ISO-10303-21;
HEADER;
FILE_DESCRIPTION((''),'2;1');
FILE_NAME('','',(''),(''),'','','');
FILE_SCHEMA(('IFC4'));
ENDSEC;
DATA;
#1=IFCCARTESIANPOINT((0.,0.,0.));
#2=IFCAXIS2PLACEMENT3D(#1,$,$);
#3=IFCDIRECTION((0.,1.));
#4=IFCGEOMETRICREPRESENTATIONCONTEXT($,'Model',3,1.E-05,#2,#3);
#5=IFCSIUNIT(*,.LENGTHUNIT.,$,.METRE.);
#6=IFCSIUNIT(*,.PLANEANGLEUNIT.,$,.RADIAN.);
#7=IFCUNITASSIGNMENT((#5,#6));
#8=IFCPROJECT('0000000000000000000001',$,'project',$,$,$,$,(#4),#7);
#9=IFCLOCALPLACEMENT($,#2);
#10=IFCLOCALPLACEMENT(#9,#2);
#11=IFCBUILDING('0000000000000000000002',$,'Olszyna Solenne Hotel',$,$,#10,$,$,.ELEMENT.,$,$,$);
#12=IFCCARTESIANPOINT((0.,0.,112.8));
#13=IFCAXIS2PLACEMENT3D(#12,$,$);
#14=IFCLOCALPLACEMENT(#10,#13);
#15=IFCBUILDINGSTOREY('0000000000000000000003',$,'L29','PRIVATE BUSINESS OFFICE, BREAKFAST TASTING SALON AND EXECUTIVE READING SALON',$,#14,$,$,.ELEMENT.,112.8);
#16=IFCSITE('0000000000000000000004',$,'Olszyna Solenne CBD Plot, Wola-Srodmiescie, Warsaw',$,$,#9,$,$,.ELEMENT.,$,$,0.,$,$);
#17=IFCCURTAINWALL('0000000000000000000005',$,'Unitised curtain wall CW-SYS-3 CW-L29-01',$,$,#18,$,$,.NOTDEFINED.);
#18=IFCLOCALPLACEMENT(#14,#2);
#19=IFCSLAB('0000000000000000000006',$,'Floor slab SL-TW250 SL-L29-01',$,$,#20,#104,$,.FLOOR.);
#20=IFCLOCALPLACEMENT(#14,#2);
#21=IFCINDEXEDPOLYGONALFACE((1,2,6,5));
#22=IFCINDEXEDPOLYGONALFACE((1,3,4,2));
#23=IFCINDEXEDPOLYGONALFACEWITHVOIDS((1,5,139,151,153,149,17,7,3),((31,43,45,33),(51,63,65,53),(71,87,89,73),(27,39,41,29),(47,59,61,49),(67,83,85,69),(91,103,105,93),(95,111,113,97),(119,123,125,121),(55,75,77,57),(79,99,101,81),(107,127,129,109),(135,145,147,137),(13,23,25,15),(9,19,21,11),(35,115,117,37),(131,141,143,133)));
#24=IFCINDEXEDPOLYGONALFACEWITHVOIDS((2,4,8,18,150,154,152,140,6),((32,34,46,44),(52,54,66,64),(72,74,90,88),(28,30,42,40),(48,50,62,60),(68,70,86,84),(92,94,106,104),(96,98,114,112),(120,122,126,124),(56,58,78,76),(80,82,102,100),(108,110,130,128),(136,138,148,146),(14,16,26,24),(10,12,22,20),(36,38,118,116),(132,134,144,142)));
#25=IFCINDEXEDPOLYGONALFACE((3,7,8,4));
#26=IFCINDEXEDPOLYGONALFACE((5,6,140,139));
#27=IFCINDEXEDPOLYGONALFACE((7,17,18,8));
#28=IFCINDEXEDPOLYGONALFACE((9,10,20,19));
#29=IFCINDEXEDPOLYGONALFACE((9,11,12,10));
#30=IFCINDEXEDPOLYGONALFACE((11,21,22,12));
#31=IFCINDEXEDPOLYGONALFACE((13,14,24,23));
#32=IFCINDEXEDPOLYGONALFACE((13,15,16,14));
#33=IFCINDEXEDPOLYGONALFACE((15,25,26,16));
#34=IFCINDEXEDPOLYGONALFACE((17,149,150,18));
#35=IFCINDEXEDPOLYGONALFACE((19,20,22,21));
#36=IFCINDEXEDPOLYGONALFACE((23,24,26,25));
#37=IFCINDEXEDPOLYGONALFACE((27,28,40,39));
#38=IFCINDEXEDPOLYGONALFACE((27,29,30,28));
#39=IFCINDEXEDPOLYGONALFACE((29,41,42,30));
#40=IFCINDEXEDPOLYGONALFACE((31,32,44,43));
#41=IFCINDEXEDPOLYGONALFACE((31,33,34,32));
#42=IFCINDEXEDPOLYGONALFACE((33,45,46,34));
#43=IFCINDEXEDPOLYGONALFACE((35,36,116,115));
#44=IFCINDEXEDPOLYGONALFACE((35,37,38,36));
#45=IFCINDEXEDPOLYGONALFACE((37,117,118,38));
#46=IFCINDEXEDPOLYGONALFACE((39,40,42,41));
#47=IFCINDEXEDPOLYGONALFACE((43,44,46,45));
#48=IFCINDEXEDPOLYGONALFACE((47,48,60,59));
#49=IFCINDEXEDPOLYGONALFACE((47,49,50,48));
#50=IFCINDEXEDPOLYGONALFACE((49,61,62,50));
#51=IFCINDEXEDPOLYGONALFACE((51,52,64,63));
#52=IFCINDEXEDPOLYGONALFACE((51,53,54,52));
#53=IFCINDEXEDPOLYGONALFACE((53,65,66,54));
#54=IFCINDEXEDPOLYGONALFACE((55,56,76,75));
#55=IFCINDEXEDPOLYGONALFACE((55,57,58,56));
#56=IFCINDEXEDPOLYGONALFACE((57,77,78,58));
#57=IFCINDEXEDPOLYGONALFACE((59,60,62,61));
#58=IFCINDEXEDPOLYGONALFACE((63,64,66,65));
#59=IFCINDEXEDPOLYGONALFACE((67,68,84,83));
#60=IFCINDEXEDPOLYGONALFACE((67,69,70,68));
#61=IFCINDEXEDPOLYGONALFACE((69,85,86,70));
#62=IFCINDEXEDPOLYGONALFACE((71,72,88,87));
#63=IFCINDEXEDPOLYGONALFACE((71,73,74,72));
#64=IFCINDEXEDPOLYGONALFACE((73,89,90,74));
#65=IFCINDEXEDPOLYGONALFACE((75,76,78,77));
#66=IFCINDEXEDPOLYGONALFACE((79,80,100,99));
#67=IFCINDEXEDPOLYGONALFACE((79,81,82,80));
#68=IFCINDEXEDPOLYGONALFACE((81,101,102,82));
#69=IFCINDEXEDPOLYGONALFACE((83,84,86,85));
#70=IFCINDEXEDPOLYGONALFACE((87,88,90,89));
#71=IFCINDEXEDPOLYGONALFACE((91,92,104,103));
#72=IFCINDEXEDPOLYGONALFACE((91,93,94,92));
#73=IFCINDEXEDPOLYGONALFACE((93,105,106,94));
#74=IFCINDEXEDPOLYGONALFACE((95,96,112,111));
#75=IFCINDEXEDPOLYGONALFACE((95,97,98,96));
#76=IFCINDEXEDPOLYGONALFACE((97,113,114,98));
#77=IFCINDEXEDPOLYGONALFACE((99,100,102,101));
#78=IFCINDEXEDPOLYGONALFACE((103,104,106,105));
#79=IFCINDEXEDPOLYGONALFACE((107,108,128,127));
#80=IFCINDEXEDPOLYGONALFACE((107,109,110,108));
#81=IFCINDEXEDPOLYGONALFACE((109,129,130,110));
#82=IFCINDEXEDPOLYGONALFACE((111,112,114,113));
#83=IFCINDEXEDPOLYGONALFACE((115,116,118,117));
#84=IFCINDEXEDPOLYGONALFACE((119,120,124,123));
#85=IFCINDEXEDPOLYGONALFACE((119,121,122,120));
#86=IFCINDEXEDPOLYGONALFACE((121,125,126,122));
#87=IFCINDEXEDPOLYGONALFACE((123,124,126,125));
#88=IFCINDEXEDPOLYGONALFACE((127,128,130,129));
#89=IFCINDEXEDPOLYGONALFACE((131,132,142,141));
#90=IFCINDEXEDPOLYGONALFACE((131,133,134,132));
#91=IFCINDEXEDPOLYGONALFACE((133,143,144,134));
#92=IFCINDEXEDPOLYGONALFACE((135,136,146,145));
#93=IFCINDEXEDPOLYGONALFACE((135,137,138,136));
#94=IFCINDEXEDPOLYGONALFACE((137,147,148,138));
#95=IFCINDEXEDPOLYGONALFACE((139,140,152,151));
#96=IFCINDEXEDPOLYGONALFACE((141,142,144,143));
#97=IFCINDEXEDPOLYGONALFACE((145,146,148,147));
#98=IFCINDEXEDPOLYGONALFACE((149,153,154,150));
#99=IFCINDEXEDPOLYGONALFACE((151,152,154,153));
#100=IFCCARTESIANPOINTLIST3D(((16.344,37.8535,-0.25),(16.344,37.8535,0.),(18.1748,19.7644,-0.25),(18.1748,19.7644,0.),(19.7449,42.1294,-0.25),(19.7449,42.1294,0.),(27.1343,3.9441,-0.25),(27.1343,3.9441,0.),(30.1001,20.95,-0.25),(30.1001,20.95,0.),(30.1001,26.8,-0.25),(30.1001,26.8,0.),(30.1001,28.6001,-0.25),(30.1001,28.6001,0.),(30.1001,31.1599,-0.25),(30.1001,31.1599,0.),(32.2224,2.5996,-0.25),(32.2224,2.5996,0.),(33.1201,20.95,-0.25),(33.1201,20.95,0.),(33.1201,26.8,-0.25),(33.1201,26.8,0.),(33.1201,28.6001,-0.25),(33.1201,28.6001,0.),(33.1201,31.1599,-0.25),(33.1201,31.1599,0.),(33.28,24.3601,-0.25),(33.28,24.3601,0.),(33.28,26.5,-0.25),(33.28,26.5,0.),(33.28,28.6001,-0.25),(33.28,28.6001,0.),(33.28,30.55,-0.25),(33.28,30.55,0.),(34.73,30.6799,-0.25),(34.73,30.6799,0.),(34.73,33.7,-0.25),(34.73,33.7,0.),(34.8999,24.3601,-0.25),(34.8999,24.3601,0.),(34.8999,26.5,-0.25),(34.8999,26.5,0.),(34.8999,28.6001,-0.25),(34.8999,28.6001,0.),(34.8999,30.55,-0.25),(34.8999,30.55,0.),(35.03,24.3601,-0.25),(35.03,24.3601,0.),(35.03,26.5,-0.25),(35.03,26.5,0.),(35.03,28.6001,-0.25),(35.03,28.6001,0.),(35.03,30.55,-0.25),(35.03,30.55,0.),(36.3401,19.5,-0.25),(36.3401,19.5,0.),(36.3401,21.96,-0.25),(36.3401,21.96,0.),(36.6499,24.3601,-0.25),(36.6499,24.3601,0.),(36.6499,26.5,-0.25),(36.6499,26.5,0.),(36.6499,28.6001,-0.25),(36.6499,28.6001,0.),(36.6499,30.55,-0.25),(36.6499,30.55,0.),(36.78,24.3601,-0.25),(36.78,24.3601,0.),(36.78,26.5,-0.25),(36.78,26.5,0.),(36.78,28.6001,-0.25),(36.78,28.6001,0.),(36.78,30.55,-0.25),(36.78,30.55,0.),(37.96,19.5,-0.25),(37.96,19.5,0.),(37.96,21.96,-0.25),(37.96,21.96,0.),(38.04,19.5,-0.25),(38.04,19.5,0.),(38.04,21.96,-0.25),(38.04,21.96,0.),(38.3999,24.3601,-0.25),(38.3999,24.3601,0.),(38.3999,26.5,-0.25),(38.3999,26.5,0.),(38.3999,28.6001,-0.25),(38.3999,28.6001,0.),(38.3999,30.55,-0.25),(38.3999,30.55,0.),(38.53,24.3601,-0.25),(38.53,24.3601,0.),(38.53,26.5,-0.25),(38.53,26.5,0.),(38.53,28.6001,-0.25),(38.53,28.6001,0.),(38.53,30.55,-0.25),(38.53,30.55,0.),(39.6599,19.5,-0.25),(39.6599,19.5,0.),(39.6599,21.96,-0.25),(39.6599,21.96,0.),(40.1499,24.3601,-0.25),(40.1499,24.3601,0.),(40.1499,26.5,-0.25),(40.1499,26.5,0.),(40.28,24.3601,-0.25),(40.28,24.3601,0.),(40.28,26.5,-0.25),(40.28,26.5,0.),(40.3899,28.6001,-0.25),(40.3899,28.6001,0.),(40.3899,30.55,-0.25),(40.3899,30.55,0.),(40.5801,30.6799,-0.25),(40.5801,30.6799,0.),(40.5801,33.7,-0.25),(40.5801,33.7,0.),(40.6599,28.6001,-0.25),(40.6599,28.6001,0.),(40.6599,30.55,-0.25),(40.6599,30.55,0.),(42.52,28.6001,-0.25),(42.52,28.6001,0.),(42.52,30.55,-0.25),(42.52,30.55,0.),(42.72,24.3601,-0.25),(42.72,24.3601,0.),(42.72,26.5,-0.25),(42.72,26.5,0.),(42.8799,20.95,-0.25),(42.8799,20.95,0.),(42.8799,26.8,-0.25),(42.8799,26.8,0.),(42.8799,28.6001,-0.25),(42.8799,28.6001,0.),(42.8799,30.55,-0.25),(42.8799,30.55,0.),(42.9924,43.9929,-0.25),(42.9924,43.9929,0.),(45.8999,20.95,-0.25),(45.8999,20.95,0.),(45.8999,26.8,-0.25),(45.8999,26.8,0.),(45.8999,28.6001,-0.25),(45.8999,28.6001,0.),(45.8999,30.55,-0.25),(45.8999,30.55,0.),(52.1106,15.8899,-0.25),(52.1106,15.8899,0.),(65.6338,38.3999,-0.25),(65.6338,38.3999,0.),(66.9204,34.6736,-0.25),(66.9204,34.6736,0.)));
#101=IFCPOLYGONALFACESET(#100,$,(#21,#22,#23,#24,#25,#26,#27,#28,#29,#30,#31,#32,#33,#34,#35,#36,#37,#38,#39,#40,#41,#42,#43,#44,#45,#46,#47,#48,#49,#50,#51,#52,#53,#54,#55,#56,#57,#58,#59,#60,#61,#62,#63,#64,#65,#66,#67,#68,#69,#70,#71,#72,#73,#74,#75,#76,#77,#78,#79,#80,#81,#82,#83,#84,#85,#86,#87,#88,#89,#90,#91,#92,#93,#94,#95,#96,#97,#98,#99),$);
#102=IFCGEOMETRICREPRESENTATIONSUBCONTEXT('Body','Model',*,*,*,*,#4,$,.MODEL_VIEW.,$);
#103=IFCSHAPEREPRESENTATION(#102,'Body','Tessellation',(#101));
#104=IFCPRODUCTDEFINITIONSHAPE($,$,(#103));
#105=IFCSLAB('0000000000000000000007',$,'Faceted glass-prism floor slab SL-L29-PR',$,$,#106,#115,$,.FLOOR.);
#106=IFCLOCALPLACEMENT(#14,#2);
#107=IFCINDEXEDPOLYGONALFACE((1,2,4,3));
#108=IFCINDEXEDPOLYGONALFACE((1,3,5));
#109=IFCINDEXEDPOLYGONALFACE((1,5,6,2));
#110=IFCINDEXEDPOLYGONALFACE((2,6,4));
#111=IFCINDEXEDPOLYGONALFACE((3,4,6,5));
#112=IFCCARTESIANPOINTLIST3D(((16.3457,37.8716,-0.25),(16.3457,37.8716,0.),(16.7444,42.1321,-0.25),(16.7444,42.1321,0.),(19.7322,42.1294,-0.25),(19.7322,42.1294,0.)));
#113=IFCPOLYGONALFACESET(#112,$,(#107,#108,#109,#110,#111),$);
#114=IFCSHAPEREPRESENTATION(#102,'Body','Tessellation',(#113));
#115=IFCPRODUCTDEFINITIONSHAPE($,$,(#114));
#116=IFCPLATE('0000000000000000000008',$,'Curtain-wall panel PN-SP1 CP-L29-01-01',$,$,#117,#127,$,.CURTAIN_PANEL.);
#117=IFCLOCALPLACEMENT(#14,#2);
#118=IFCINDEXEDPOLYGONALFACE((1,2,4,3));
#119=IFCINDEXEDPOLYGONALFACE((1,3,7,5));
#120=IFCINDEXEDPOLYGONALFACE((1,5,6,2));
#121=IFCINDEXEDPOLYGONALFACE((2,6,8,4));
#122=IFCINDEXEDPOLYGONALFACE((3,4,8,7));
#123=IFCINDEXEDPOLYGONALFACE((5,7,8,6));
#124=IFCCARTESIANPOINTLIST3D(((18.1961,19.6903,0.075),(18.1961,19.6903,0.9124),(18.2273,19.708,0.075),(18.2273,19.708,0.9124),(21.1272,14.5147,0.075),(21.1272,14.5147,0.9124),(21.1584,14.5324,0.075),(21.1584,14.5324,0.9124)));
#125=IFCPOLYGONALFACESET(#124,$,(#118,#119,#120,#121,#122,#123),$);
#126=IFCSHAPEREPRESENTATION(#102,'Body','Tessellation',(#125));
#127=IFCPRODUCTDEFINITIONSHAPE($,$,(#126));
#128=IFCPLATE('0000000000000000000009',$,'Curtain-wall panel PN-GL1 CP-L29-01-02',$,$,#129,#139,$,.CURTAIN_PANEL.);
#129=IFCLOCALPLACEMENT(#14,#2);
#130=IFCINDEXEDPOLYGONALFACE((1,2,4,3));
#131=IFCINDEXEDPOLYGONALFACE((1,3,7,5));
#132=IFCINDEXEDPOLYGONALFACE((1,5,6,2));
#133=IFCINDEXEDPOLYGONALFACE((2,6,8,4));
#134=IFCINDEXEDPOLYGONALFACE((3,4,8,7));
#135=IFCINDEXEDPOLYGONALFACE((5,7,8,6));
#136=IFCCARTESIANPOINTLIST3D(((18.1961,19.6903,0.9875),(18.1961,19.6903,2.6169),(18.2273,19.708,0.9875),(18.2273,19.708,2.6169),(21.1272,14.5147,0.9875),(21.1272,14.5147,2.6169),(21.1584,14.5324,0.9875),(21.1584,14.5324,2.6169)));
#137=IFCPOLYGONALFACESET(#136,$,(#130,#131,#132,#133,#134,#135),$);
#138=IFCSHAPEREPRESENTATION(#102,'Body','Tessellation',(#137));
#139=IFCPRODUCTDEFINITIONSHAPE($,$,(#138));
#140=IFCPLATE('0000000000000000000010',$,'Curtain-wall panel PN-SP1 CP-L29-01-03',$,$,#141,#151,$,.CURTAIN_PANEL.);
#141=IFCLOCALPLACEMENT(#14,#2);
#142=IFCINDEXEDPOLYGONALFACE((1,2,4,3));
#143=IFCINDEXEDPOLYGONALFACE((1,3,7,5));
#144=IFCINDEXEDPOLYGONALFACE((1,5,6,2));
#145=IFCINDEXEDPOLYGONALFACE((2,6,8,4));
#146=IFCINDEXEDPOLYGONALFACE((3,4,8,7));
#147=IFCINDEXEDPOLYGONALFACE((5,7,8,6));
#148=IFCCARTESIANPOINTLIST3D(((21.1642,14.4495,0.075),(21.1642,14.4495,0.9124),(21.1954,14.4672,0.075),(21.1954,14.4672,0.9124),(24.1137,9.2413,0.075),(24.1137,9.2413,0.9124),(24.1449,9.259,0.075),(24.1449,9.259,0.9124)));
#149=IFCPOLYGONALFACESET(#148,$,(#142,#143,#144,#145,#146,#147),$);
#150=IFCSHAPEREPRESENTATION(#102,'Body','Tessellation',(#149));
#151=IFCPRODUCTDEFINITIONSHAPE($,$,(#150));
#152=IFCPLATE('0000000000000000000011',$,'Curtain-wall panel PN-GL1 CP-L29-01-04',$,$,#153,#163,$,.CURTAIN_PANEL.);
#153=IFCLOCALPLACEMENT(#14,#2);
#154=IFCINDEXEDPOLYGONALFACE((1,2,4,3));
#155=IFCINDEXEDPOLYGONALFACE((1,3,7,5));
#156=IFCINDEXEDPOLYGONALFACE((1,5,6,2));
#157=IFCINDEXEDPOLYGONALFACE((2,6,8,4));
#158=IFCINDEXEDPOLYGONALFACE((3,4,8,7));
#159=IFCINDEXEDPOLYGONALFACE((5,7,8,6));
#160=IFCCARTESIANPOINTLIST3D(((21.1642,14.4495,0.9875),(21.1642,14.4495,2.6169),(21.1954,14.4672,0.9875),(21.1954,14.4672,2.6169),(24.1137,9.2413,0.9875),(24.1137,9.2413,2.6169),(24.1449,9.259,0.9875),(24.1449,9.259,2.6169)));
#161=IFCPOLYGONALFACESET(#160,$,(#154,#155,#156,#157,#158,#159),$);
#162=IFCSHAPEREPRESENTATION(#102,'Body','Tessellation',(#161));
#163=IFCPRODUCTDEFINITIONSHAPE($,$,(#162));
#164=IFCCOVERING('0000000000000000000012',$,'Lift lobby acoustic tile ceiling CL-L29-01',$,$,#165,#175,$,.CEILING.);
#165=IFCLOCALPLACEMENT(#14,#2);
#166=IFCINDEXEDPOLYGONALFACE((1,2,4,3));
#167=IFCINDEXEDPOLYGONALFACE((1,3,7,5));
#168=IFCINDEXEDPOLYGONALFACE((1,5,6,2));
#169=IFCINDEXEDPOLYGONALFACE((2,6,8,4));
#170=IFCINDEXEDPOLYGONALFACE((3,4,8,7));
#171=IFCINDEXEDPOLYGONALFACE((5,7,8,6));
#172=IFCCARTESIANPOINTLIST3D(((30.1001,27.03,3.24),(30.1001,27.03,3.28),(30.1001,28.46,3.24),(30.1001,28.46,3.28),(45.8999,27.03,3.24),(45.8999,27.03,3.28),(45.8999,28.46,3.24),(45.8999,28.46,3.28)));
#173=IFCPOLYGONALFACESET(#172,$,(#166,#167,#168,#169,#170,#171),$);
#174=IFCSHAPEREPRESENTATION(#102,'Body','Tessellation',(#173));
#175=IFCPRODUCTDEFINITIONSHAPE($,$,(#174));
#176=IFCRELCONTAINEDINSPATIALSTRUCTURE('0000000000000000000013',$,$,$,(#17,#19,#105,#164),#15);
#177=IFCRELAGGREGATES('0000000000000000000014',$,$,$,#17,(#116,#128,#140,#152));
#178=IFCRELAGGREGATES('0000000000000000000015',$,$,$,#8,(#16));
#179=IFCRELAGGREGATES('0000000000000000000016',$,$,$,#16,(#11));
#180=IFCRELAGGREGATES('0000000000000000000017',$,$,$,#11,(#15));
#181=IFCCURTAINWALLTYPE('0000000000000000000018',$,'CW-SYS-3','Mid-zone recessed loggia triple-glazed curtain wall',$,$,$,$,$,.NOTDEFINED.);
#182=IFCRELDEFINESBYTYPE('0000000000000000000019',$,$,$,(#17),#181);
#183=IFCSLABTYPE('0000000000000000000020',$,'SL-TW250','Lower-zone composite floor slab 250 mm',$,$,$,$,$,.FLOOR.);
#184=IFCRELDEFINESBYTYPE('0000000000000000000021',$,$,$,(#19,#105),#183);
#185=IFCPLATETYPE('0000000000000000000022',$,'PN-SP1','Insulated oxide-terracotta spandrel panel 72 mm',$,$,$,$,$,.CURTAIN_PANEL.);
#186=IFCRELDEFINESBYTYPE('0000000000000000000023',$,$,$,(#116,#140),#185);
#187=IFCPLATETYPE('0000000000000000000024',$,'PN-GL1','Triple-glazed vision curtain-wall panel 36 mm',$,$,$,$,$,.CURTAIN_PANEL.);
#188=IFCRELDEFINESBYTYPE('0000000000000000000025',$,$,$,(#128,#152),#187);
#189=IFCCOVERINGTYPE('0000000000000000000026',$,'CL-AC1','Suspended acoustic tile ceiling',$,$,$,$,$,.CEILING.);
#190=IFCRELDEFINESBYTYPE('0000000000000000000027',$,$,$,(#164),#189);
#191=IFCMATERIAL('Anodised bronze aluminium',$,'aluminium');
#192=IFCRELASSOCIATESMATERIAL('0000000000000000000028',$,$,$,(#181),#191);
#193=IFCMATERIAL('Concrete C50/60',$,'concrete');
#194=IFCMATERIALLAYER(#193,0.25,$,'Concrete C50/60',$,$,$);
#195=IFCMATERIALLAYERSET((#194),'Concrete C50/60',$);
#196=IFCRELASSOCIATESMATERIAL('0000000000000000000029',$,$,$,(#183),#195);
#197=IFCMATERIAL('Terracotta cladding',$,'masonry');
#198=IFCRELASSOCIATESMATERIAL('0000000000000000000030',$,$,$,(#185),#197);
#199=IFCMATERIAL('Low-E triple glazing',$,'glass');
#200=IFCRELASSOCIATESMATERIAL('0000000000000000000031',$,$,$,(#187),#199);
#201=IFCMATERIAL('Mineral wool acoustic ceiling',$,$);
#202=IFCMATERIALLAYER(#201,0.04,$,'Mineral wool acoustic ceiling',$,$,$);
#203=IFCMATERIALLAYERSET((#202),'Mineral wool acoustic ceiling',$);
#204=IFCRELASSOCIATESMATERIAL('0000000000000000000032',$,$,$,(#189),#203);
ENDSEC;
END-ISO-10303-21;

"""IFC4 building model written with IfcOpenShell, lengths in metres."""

from ifc_helpers import new_model, si_unit, direction, frame, origin, origin_2d, place, context, subcontext, project, spatial, polyline, rectangle, outline, extrude, source, transform, mapped, material, layer, layer_set, type_object, element, aggregate, save


model = new_model("IFC4")

# Units and contexts
model_context = context("Model", 3, precision=1e-05, world=origin(), true_north=direction((0.0, 1.0)))
body_context = subcontext(model_context, "Body", "Model", "MODEL_VIEW")
ifc_project = project(units=[si_unit("LENGTHUNIT", "METRE"), si_unit("PLANEANGLEUNIT", "RADIAN")], contexts=[model_context])

# Site, building, storey
site_placement = place(None, origin())
site = spatial("IfcSite", under=ifc_project, at=site_placement, Name="Olszyna Solenne CBD Plot, Wola-Srodmiescie, Warsaw", CompositionType="ELEMENT", RefElevation=0.0)
building_placement = place(site_placement, origin())
building = spatial("IfcBuilding", under=site, at=building_placement, Name="Olszyna Solenne Hotel", CompositionType="ELEMENT")
storey_placement = place(building_placement, frame((0.0, 0.0, 112.8)))
storey = spatial("IfcBuildingStorey", under=building, at=storey_placement, Name="L29", Description="PRIVATE BUSINESS OFFICE, BREAKFAST TASTING SALON AND EXECUTIVE READING SALON", CompositionType="ELEMENT", Elevation=112.8)

# Curtain wall
ifc_material_1 = material(Name="Anodised bronze aluminium", Category="aluminium")
curtain_wall_type = type_object("IfcCurtainWallType", Name="CW-SYS-3", Description="Mid-zone recessed loggia triple-glazed curtain wall", PredefinedType="NOTDEFINED", material=ifc_material_1)
curtain_wall_placement = place(storey_placement, origin())
curtain_wall = element("IfcCurtainWall", 1, at=curtain_wall_placement, inside=storey, type_object=curtain_wall_type, Name="Unitised curtain wall CW-SYS-3 CW-L29-01", PredefinedType="NOTDEFINED")

# Slabs
ifc_material_2 = material(Name="Concrete C50/60", Category="concrete")
ifc_layer_1 = layer(ifc_material_2, 0.25, Name="Concrete C50/60")
ifc_layer_set_1 = layer_set([ifc_layer_1], Name="Concrete C50/60")
slab_type_1 = type_object("IfcSlabType", Name="SL-TW250", Description="Lower-zone composite floor slab 250 mm", PredefinedType="FLOOR", material=ifc_layer_set_1)
slab_1_placement = place(storey_placement, frame((0.0, 0.0, -0.25)))
element("IfcSlab", 2, at=slab_1_placement, inside=storey, type_object=slab_type_1, Name="Floor slab SL-TW250 SL-L29-01", PredefinedType="FLOOR", context=body_context, shape_type="SweptSolid", body=[
    extrude(outline(polyline([(66.9204, 34.6736), (65.6338, 38.3999), (42.9924, 43.9929), (19.7449, 42.1294), (16.344, 37.8535), (18.1748, 19.7644), (27.1343, 3.9441), (32.2224, 2.5996), (52.1106, 15.8899), (66.9204, 34.6736)]), holes=[polyline([(30.1001, 20.95), (33.1201, 20.95), (33.1201, 26.8), (30.1001, 26.8), (30.1001, 20.95)]), polyline([(42.8799, 20.95), (45.8999, 20.95), (45.8999, 26.8), (42.8799, 26.8), (42.8799, 20.95)]), polyline([(34.73, 30.6799), (40.5801, 30.6799), (40.5801, 33.7), (34.73, 33.7), (34.73, 30.6799)]), polyline([(36.3401, 19.5), (37.96, 19.5), (37.96, 21.96), (36.3401, 21.96), (36.3401, 19.5)]), polyline([(38.04, 19.5), (39.6599, 19.5), (39.6599, 21.96), (38.04, 21.96), (38.04, 19.5)]), polyline([(30.1001, 28.6001), (33.1201, 28.6001), (33.1201, 31.1599), (30.1001, 31.1599), (30.1001, 28.6001)]), polyline([(33.28, 24.3601), (34.8999, 24.3601), (34.8999, 26.5), (33.28, 26.5), (33.28, 24.3601)]), polyline([(35.03, 24.3601), (36.6499, 24.3601), (36.6499, 26.5), (35.03, 26.5), (35.03, 24.3601)]), polyline([(36.78, 24.3601), (38.3999, 24.3601), (38.3999, 26.5), (36.78, 26.5), (36.78, 24.3601)]), polyline([(38.53, 24.3601), (40.1499, 24.3601), (40.1499, 26.5), (38.53, 26.5), (38.53, 24.3601)]), polyline([(40.28, 24.3601), (42.72, 24.3601), (42.72, 26.5), (40.28, 26.5), (40.28, 24.3601)]), polyline([(33.28, 28.6001), (34.8999, 28.6001), (34.8999, 30.55), (33.28, 30.55), (33.28, 28.6001)]), polyline([(35.03, 28.6001), (36.6499, 28.6001), (36.6499, 30.55), (35.03, 30.55), (35.03, 28.6001)]), polyline([(36.78, 28.6001), (38.3999, 28.6001), (38.3999, 30.55), (36.78, 30.55), (36.78, 28.6001)]), polyline([(38.53, 28.6001), (40.3899, 28.6001), (40.3899, 30.55), (38.53, 30.55), (38.53, 28.6001)]), polyline([(40.6599, 28.6001), (42.52, 28.6001), (42.52, 30.55), (40.6599, 30.55), (40.6599, 28.6001)]), polyline([(42.8799, 28.6001), (45.8999, 28.6001), (45.8999, 30.55), (42.8799, 30.55), (42.8799, 28.6001)])]), origin(), (0.0, 0.0, 1.0), 0.25),
])
slab_2_placement = place(storey_placement, frame((0.0, 0.0, -0.25)))
element("IfcSlab", 3, at=slab_2_placement, inside=storey, type_object=slab_type_1, Name="Faceted glass-prism floor slab SL-L29-PR", PredefinedType="FLOOR", context=body_context, shape_type="SweptSolid", body=[
    extrude(outline(polyline([(16.3457, 37.8716), (19.7322, 42.1294), (16.7444, 42.1321), (16.3457, 37.8716)])), origin(), (0.0, 0.0, 1.0), 0.25),
])

# Plates
ifc_material_3 = material(Name="Terracotta cladding", Category="masonry")
plate_type_1 = type_object("IfcPlateType", Name="PN-SP1", Description="Insulated oxide-terracotta spandrel panel 72 mm", PredefinedType="CURTAIN_PANEL", material=ifc_material_3)
shared_shape_1 = source(origin(), body_context, "Body", "SweptSolid", [
    extrude(rectangle(XDim=5.948, YDim=0.0359, at=origin_2d()), origin(), (0.0, 0.0, 1.0), 0.8374),
])
plate_1_placement = place(storey_placement, frame((19.6772, 17.1113, 0.075), z_axis=(0.0, 0.0, 1.0), x_axis=(0.49279, -0.870148, 0.0)))
plate_1 = element("IfcPlate", 4, at=plate_1_placement, type_object=plate_type_1, Name="Curtain-wall panel PN-SP1 CP-L29-01-01", PredefinedType="CURTAIN_PANEL", context=body_context, shape_type="MappedRepresentation", body=[
    mapped(shared_shape_1, transform((0.0, 0.0, 0.0), x_axis=(1.0, 0.0, 0.0), y_axis=(0.0, 1.0, 0.0), z_axis=(0.0, 0.0, 1.0), scale=1.0)),
])
ifc_material_4 = material(Name="Low-E triple glazing", Category="glass")
plate_type_2 = type_object("IfcPlateType", Name="PN-GL1", Description="Triple-glazed vision curtain-wall panel 36 mm", PredefinedType="CURTAIN_PANEL", material=ifc_material_4)
shared_shape_2 = source(origin(), body_context, "Body", "SweptSolid", [
    extrude(rectangle(XDim=5.948, YDim=0.0359, at=origin_2d()), origin(), (0.0, 0.0, 1.0), 1.6294),
])
plate_2_placement = place(storey_placement, frame((19.6772, 17.1113, 0.9875), z_axis=(0.0, 0.0, 1.0), x_axis=(0.49279, -0.870148, 0.0)))
plate_2 = element("IfcPlate", 5, at=plate_2_placement, type_object=plate_type_2, Name="Curtain-wall panel PN-GL1 CP-L29-01-02", PredefinedType="CURTAIN_PANEL", context=body_context, shape_type="MappedRepresentation", body=[
    mapped(shared_shape_2, transform((0.0, 0.0, 0.0), x_axis=(1.0, 0.0, 0.0), y_axis=(0.0, 1.0, 0.0), z_axis=(0.0, 0.0, 1.0), scale=1.0)),
])
shared_shape_3 = source(origin(), body_context, "Body", "SweptSolid", [
    extrude(rectangle(XDim=5.9854, YDim=0.0359, at=origin_2d()), origin(), (0.0, 0.0, 1.0), 0.8374),
])
plate_3_placement = place(storey_placement, frame((22.6545, 11.8542, 0.075), z_axis=(0.0, 0.0, 1.0), x_axis=(0.49279, -0.870148, 0.0)))
plate_3 = element("IfcPlate", 6, at=plate_3_placement, type_object=plate_type_1, Name="Curtain-wall panel PN-SP1 CP-L29-01-03", PredefinedType="CURTAIN_PANEL", context=body_context, shape_type="MappedRepresentation", body=[
    mapped(shared_shape_3, transform((0.0, 0.0, 0.0), x_axis=(1.0, 0.0, 0.0), y_axis=(0.0, 1.0, 0.0), z_axis=(0.0, 0.0, 1.0), scale=1.0)),
])
shared_shape_4 = source(origin(), body_context, "Body", "SweptSolid", [
    extrude(rectangle(XDim=5.9854, YDim=0.0359, at=origin_2d()), origin(), (0.0, 0.0, 1.0), 1.6294),
])
plate_4_placement = place(storey_placement, frame((22.6545, 11.8542, 0.9875), z_axis=(0.0, 0.0, 1.0), x_axis=(0.49279, -0.870148, 0.0)))
plate_4 = element("IfcPlate", 7, at=plate_4_placement, type_object=plate_type_2, Name="Curtain-wall panel PN-GL1 CP-L29-01-04", PredefinedType="CURTAIN_PANEL", context=body_context, shape_type="MappedRepresentation", body=[
    mapped(shared_shape_4, transform((0.0, 0.0, 0.0), x_axis=(1.0, 0.0, 0.0), y_axis=(0.0, 1.0, 0.0), z_axis=(0.0, 0.0, 1.0), scale=1.0)),
])
aggregate(curtain_wall, [plate_1, plate_2, plate_3, plate_4])

# Covering
ifc_material_5 = material(Name="Mineral wool acoustic ceiling")
ifc_layer_2 = layer(ifc_material_5, 0.04, Name="Mineral wool acoustic ceiling")
ifc_layer_set_2 = layer_set([ifc_layer_2], Name="Mineral wool acoustic ceiling")
covering_type_1 = type_object("IfcCoveringType", Name="CL-AC1", Description="Suspended acoustic tile ceiling", PredefinedType="CEILING", material=ifc_layer_set_2)
covering_1_placement = place(storey_placement, frame((0.0, 0.0, 3.24)))
element("IfcCovering", 8, at=covering_1_placement, inside=storey, type_object=covering_type_1, Name="Lift lobby acoustic tile ceiling CL-L29-01", PredefinedType="CEILING", context=body_context, shape_type="SweptSolid", body=[
    extrude(outline(polyline([(30.1001, 27.03), (45.8999, 27.03), (45.8999, 28.46), (30.1001, 28.46), (30.1001, 27.03)])), origin(), (0.0, 0.0, 1.0), 0.04),
])

save(model, "model.ifc")
